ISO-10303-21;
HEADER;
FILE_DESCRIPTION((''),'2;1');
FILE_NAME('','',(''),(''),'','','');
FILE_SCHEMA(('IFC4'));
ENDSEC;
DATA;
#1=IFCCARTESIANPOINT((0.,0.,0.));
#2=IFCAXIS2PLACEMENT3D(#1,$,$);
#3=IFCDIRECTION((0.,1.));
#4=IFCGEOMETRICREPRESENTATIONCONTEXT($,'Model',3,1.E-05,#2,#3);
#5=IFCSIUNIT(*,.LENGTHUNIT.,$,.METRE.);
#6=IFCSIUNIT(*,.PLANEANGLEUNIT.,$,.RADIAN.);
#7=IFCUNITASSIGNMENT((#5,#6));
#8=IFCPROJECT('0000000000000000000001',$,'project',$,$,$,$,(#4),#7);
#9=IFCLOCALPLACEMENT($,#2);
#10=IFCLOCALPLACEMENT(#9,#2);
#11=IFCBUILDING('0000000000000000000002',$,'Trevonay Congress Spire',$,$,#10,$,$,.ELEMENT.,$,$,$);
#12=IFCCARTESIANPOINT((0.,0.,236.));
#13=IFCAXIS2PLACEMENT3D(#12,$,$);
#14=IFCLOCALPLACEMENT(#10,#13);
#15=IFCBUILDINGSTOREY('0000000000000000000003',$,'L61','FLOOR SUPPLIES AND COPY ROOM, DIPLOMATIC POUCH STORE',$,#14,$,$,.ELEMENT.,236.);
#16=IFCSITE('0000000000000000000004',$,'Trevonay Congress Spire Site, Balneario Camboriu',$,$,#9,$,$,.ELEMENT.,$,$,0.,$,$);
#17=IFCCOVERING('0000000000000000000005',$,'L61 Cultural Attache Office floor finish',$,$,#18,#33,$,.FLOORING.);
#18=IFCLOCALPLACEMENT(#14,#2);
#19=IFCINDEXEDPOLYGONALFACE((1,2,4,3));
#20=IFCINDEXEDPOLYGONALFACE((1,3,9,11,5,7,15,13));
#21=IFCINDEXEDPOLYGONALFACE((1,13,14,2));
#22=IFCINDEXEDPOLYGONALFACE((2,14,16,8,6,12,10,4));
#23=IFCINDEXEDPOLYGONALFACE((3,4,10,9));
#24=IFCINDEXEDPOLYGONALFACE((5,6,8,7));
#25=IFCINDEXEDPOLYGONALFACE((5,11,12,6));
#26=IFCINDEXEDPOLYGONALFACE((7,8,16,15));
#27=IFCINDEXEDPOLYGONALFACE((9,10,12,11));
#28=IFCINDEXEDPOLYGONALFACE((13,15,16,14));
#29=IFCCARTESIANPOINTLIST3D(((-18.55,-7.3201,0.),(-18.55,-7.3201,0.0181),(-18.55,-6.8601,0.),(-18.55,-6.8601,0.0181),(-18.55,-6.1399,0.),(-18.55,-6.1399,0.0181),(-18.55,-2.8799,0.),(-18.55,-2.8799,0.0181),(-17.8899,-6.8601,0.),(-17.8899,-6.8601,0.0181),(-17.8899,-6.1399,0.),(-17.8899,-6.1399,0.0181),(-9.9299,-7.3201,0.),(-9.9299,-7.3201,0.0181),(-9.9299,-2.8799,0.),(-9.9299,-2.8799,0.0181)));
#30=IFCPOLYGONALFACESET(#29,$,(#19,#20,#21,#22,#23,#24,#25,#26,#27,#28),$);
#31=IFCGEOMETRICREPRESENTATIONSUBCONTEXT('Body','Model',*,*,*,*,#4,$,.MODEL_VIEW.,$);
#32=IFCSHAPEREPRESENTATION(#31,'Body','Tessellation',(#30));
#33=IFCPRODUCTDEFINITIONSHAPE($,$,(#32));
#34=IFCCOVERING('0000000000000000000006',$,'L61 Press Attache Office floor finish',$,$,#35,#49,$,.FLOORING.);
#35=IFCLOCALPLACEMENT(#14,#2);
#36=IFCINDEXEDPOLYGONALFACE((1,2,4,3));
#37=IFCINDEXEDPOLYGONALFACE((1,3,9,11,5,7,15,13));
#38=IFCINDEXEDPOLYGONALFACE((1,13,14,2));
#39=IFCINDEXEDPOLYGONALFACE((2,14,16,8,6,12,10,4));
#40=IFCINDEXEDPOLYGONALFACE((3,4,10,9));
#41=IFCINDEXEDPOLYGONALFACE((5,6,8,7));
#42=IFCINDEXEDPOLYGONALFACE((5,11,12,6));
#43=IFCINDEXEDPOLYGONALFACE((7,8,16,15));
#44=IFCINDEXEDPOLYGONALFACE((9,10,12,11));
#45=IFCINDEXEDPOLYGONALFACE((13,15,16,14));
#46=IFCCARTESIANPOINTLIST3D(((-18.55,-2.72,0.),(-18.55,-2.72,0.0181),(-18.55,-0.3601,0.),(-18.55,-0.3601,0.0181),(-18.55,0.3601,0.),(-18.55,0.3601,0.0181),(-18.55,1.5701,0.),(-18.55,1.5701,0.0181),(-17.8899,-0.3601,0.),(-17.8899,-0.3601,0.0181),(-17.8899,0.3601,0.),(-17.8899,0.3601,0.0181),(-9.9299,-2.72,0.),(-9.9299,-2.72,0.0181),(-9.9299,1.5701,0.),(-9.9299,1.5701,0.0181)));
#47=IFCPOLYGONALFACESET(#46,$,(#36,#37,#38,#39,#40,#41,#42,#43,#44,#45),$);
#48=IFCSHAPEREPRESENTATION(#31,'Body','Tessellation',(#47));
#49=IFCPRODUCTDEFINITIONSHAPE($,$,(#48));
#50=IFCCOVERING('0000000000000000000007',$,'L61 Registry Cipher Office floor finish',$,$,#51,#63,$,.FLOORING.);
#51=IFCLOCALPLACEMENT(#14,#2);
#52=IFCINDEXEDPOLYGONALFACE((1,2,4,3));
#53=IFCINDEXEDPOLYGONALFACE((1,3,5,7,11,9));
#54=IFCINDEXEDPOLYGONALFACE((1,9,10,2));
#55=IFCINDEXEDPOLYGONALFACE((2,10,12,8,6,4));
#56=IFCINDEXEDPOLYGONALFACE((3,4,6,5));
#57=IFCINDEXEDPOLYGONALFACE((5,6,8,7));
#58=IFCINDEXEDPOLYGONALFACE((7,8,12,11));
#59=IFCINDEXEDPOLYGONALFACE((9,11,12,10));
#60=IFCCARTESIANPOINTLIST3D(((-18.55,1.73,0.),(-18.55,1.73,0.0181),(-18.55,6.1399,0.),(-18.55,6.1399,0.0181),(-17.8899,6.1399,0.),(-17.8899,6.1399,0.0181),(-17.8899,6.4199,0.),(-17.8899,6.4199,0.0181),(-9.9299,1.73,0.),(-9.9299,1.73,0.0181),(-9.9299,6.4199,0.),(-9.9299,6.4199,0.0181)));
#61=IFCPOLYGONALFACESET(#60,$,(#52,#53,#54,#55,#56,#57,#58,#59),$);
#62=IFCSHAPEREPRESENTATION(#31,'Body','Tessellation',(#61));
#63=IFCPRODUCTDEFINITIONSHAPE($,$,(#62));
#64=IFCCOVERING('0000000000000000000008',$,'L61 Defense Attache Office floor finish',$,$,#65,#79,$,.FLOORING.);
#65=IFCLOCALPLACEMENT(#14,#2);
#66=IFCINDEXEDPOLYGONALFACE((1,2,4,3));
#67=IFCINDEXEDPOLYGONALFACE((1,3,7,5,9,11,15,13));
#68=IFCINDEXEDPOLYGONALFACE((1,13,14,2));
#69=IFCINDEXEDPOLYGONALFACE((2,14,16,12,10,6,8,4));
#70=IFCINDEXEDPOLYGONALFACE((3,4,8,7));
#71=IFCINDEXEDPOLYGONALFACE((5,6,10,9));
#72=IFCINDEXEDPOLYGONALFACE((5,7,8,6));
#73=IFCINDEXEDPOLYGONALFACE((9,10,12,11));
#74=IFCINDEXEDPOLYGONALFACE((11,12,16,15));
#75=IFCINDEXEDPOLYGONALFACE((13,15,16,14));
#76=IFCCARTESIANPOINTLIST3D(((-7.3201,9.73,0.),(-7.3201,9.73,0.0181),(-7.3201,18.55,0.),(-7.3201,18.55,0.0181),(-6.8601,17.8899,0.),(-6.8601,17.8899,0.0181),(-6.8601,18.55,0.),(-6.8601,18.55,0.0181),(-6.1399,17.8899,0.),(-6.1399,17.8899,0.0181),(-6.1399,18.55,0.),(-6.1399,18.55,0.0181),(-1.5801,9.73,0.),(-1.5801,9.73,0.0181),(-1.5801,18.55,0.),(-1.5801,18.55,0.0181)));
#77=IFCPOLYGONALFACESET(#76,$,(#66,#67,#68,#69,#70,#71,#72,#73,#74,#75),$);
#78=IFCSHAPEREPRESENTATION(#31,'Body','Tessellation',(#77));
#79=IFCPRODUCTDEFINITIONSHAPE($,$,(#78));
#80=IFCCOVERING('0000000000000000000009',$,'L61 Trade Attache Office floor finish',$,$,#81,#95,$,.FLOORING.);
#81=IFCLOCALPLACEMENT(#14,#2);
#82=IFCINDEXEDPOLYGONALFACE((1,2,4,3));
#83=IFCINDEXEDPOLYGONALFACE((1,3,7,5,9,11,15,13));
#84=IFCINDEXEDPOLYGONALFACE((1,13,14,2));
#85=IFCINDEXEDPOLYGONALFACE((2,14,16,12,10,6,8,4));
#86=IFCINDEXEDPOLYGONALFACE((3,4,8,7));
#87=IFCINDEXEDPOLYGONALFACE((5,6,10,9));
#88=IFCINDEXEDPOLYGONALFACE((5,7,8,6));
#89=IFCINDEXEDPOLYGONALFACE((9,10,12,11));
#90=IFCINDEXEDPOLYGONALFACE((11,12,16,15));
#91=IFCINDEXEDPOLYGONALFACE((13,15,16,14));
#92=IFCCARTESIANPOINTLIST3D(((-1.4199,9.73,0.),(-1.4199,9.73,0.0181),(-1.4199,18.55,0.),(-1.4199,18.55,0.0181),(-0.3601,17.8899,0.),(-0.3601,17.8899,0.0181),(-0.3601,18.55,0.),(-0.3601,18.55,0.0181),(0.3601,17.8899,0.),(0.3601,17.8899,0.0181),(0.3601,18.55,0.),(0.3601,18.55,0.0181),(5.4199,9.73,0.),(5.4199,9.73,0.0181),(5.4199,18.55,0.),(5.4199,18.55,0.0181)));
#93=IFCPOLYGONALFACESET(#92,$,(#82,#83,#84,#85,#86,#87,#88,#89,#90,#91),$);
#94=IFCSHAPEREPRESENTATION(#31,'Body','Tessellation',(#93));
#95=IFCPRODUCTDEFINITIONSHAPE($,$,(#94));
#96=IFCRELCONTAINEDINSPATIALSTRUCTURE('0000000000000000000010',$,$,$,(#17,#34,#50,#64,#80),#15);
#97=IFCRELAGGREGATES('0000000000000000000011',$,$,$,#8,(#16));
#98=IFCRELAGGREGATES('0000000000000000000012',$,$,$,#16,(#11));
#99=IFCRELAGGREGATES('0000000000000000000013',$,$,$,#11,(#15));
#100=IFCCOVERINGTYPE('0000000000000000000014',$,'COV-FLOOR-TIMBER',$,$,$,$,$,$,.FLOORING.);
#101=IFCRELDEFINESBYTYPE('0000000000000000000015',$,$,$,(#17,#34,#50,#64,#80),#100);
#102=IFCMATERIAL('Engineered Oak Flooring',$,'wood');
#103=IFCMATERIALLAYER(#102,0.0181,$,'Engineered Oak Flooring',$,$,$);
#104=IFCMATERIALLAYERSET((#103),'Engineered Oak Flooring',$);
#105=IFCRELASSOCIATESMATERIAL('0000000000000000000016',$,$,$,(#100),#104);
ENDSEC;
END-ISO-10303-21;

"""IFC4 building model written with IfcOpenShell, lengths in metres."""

from ifc_helpers import new_model, si_unit, direction, frame, origin, place, context, subcontext, project, spatial, polyline, outline, extrude, material, layer, layer_set, type_object, element, save


model = new_model("IFC4")

# Units and contexts
model_context = context("Model", 3, precision=1e-05, world=origin(), true_north=direction((0.0, 1.0)))
body_context = subcontext(model_context, "Body", "Model", "MODEL_VIEW")
ifc_project = project(units=[si_unit("LENGTHUNIT", "METRE"), si_unit("PLANEANGLEUNIT", "RADIAN")], contexts=[model_context])

# Site, building, storey
site_placement = place(None, origin())
site = spatial("IfcSite", under=ifc_project, at=site_placement, Name="Trevonay Congress Spire Site, Balneario Camboriu", CompositionType="ELEMENT", RefElevation=0.0)
building_placement = place(site_placement, origin())
building = spatial("IfcBuilding", under=site, at=building_placement, Name="Trevonay Congress Spire", CompositionType="ELEMENT")
storey_placement = place(building_placement, frame((0.0, 0.0, 236.0)))
storey = spatial("IfcBuildingStorey", under=building, at=storey_placement, Name="L61", Description="FLOOR SUPPLIES AND COPY ROOM, DIPLOMATIC POUCH STORE", CompositionType="ELEMENT", Elevation=236.0)

# Coverings
ifc_material_1 = material(Name="Engineered Oak Flooring", Category="wood")
ifc_layer_1 = layer(ifc_material_1, 0.0181, Name="Engineered Oak Flooring")
ifc_layer_set_1 = layer_set([ifc_layer_1], Name="Engineered Oak Flooring")
covering_type_1 = type_object("IfcCoveringType", Name="COV-FLOOR-TIMBER", PredefinedType="FLOORING", material=ifc_layer_set_1)
covering_1_placement = place(storey_placement, origin())
element("IfcCovering", 1, at=covering_1_placement, inside=storey, type_object=covering_type_1, Name="L61 Cultural Attache Office floor finish", PredefinedType="FLOORING", context=body_context, shape_type="SweptSolid", body=[
    extrude(outline(polyline([(-18.55, -2.8799), (-9.9299, -2.8799), (-9.9299, -7.3201), (-18.55, -7.3201), (-18.55, -6.8601), (-17.8899, -6.8601), (-17.8899, -6.1399), (-18.55, -6.1399), (-18.55, -2.8799)])), origin(), (0.0, 0.0, 1.0), 0.0181),
])
covering_2_placement = place(storey_placement, origin())
element("IfcCovering", 2, at=covering_2_placement, inside=storey, type_object=covering_type_1, Name="L61 Press Attache Office floor finish", PredefinedType="FLOORING", context=body_context, shape_type="SweptSolid", body=[
    extrude(outline(polyline([(-18.55, 1.5701), (-9.9299, 1.5701), (-9.9299, -2.72), (-18.55, -2.72), (-18.55, -0.3601), (-17.8899, -0.3601), (-17.8899, 0.3601), (-18.55, 0.3601), (-18.55, 1.5701)])), origin(), (0.0, 0.0, 1.0), 0.0181),
])
covering_3_placement = place(storey_placement, origin())
element("IfcCovering", 3, at=covering_3_placement, inside=storey, type_object=covering_type_1, Name="L61 Registry Cipher Office floor finish", PredefinedType="FLOORING", context=body_context, shape_type="SweptSolid", body=[
    extrude(outline(polyline([(-9.9299, 6.4199), (-9.9299, 1.73), (-18.55, 1.73), (-18.55, 6.1399), (-17.8899, 6.1399), (-17.8899, 6.4199), (-9.9299, 6.4199)])), origin(), (0.0, 0.0, 1.0), 0.0181),
])
covering_4_placement = place(storey_placement, origin())
element("IfcCovering", 4, at=covering_4_placement, inside=storey, type_object=covering_type_1, Name="L61 Defense Attache Office floor finish", PredefinedType="FLOORING", context=body_context, shape_type="SweptSolid", body=[
    extrude(outline(polyline([(-1.5801, 18.55), (-1.5801, 9.73), (-7.3201, 9.73), (-7.3201, 18.55), (-6.8601, 18.55), (-6.8601, 17.8899), (-6.1399, 17.8899), (-6.1399, 18.55), (-1.5801, 18.55)])), origin(), (0.0, 0.0, 1.0), 0.0181),
])
covering_5_placement = place(storey_placement, origin())
element("IfcCovering", 5, at=covering_5_placement, inside=storey, type_object=covering_type_1, Name="L61 Trade Attache Office floor finish", PredefinedType="FLOORING", context=body_context, shape_type="SweptSolid", body=[
    extrude(outline(polyline([(5.4199, 18.55), (5.4199, 9.73), (-1.4199, 9.73), (-1.4199, 18.55), (-0.3601, 18.55), (-0.3601, 17.8899), (0.3601, 17.8899), (0.3601, 18.55), (5.4199, 18.55)])), origin(), (0.0, 0.0, 1.0), 0.0181),
])

save(model, "model.ifc")
